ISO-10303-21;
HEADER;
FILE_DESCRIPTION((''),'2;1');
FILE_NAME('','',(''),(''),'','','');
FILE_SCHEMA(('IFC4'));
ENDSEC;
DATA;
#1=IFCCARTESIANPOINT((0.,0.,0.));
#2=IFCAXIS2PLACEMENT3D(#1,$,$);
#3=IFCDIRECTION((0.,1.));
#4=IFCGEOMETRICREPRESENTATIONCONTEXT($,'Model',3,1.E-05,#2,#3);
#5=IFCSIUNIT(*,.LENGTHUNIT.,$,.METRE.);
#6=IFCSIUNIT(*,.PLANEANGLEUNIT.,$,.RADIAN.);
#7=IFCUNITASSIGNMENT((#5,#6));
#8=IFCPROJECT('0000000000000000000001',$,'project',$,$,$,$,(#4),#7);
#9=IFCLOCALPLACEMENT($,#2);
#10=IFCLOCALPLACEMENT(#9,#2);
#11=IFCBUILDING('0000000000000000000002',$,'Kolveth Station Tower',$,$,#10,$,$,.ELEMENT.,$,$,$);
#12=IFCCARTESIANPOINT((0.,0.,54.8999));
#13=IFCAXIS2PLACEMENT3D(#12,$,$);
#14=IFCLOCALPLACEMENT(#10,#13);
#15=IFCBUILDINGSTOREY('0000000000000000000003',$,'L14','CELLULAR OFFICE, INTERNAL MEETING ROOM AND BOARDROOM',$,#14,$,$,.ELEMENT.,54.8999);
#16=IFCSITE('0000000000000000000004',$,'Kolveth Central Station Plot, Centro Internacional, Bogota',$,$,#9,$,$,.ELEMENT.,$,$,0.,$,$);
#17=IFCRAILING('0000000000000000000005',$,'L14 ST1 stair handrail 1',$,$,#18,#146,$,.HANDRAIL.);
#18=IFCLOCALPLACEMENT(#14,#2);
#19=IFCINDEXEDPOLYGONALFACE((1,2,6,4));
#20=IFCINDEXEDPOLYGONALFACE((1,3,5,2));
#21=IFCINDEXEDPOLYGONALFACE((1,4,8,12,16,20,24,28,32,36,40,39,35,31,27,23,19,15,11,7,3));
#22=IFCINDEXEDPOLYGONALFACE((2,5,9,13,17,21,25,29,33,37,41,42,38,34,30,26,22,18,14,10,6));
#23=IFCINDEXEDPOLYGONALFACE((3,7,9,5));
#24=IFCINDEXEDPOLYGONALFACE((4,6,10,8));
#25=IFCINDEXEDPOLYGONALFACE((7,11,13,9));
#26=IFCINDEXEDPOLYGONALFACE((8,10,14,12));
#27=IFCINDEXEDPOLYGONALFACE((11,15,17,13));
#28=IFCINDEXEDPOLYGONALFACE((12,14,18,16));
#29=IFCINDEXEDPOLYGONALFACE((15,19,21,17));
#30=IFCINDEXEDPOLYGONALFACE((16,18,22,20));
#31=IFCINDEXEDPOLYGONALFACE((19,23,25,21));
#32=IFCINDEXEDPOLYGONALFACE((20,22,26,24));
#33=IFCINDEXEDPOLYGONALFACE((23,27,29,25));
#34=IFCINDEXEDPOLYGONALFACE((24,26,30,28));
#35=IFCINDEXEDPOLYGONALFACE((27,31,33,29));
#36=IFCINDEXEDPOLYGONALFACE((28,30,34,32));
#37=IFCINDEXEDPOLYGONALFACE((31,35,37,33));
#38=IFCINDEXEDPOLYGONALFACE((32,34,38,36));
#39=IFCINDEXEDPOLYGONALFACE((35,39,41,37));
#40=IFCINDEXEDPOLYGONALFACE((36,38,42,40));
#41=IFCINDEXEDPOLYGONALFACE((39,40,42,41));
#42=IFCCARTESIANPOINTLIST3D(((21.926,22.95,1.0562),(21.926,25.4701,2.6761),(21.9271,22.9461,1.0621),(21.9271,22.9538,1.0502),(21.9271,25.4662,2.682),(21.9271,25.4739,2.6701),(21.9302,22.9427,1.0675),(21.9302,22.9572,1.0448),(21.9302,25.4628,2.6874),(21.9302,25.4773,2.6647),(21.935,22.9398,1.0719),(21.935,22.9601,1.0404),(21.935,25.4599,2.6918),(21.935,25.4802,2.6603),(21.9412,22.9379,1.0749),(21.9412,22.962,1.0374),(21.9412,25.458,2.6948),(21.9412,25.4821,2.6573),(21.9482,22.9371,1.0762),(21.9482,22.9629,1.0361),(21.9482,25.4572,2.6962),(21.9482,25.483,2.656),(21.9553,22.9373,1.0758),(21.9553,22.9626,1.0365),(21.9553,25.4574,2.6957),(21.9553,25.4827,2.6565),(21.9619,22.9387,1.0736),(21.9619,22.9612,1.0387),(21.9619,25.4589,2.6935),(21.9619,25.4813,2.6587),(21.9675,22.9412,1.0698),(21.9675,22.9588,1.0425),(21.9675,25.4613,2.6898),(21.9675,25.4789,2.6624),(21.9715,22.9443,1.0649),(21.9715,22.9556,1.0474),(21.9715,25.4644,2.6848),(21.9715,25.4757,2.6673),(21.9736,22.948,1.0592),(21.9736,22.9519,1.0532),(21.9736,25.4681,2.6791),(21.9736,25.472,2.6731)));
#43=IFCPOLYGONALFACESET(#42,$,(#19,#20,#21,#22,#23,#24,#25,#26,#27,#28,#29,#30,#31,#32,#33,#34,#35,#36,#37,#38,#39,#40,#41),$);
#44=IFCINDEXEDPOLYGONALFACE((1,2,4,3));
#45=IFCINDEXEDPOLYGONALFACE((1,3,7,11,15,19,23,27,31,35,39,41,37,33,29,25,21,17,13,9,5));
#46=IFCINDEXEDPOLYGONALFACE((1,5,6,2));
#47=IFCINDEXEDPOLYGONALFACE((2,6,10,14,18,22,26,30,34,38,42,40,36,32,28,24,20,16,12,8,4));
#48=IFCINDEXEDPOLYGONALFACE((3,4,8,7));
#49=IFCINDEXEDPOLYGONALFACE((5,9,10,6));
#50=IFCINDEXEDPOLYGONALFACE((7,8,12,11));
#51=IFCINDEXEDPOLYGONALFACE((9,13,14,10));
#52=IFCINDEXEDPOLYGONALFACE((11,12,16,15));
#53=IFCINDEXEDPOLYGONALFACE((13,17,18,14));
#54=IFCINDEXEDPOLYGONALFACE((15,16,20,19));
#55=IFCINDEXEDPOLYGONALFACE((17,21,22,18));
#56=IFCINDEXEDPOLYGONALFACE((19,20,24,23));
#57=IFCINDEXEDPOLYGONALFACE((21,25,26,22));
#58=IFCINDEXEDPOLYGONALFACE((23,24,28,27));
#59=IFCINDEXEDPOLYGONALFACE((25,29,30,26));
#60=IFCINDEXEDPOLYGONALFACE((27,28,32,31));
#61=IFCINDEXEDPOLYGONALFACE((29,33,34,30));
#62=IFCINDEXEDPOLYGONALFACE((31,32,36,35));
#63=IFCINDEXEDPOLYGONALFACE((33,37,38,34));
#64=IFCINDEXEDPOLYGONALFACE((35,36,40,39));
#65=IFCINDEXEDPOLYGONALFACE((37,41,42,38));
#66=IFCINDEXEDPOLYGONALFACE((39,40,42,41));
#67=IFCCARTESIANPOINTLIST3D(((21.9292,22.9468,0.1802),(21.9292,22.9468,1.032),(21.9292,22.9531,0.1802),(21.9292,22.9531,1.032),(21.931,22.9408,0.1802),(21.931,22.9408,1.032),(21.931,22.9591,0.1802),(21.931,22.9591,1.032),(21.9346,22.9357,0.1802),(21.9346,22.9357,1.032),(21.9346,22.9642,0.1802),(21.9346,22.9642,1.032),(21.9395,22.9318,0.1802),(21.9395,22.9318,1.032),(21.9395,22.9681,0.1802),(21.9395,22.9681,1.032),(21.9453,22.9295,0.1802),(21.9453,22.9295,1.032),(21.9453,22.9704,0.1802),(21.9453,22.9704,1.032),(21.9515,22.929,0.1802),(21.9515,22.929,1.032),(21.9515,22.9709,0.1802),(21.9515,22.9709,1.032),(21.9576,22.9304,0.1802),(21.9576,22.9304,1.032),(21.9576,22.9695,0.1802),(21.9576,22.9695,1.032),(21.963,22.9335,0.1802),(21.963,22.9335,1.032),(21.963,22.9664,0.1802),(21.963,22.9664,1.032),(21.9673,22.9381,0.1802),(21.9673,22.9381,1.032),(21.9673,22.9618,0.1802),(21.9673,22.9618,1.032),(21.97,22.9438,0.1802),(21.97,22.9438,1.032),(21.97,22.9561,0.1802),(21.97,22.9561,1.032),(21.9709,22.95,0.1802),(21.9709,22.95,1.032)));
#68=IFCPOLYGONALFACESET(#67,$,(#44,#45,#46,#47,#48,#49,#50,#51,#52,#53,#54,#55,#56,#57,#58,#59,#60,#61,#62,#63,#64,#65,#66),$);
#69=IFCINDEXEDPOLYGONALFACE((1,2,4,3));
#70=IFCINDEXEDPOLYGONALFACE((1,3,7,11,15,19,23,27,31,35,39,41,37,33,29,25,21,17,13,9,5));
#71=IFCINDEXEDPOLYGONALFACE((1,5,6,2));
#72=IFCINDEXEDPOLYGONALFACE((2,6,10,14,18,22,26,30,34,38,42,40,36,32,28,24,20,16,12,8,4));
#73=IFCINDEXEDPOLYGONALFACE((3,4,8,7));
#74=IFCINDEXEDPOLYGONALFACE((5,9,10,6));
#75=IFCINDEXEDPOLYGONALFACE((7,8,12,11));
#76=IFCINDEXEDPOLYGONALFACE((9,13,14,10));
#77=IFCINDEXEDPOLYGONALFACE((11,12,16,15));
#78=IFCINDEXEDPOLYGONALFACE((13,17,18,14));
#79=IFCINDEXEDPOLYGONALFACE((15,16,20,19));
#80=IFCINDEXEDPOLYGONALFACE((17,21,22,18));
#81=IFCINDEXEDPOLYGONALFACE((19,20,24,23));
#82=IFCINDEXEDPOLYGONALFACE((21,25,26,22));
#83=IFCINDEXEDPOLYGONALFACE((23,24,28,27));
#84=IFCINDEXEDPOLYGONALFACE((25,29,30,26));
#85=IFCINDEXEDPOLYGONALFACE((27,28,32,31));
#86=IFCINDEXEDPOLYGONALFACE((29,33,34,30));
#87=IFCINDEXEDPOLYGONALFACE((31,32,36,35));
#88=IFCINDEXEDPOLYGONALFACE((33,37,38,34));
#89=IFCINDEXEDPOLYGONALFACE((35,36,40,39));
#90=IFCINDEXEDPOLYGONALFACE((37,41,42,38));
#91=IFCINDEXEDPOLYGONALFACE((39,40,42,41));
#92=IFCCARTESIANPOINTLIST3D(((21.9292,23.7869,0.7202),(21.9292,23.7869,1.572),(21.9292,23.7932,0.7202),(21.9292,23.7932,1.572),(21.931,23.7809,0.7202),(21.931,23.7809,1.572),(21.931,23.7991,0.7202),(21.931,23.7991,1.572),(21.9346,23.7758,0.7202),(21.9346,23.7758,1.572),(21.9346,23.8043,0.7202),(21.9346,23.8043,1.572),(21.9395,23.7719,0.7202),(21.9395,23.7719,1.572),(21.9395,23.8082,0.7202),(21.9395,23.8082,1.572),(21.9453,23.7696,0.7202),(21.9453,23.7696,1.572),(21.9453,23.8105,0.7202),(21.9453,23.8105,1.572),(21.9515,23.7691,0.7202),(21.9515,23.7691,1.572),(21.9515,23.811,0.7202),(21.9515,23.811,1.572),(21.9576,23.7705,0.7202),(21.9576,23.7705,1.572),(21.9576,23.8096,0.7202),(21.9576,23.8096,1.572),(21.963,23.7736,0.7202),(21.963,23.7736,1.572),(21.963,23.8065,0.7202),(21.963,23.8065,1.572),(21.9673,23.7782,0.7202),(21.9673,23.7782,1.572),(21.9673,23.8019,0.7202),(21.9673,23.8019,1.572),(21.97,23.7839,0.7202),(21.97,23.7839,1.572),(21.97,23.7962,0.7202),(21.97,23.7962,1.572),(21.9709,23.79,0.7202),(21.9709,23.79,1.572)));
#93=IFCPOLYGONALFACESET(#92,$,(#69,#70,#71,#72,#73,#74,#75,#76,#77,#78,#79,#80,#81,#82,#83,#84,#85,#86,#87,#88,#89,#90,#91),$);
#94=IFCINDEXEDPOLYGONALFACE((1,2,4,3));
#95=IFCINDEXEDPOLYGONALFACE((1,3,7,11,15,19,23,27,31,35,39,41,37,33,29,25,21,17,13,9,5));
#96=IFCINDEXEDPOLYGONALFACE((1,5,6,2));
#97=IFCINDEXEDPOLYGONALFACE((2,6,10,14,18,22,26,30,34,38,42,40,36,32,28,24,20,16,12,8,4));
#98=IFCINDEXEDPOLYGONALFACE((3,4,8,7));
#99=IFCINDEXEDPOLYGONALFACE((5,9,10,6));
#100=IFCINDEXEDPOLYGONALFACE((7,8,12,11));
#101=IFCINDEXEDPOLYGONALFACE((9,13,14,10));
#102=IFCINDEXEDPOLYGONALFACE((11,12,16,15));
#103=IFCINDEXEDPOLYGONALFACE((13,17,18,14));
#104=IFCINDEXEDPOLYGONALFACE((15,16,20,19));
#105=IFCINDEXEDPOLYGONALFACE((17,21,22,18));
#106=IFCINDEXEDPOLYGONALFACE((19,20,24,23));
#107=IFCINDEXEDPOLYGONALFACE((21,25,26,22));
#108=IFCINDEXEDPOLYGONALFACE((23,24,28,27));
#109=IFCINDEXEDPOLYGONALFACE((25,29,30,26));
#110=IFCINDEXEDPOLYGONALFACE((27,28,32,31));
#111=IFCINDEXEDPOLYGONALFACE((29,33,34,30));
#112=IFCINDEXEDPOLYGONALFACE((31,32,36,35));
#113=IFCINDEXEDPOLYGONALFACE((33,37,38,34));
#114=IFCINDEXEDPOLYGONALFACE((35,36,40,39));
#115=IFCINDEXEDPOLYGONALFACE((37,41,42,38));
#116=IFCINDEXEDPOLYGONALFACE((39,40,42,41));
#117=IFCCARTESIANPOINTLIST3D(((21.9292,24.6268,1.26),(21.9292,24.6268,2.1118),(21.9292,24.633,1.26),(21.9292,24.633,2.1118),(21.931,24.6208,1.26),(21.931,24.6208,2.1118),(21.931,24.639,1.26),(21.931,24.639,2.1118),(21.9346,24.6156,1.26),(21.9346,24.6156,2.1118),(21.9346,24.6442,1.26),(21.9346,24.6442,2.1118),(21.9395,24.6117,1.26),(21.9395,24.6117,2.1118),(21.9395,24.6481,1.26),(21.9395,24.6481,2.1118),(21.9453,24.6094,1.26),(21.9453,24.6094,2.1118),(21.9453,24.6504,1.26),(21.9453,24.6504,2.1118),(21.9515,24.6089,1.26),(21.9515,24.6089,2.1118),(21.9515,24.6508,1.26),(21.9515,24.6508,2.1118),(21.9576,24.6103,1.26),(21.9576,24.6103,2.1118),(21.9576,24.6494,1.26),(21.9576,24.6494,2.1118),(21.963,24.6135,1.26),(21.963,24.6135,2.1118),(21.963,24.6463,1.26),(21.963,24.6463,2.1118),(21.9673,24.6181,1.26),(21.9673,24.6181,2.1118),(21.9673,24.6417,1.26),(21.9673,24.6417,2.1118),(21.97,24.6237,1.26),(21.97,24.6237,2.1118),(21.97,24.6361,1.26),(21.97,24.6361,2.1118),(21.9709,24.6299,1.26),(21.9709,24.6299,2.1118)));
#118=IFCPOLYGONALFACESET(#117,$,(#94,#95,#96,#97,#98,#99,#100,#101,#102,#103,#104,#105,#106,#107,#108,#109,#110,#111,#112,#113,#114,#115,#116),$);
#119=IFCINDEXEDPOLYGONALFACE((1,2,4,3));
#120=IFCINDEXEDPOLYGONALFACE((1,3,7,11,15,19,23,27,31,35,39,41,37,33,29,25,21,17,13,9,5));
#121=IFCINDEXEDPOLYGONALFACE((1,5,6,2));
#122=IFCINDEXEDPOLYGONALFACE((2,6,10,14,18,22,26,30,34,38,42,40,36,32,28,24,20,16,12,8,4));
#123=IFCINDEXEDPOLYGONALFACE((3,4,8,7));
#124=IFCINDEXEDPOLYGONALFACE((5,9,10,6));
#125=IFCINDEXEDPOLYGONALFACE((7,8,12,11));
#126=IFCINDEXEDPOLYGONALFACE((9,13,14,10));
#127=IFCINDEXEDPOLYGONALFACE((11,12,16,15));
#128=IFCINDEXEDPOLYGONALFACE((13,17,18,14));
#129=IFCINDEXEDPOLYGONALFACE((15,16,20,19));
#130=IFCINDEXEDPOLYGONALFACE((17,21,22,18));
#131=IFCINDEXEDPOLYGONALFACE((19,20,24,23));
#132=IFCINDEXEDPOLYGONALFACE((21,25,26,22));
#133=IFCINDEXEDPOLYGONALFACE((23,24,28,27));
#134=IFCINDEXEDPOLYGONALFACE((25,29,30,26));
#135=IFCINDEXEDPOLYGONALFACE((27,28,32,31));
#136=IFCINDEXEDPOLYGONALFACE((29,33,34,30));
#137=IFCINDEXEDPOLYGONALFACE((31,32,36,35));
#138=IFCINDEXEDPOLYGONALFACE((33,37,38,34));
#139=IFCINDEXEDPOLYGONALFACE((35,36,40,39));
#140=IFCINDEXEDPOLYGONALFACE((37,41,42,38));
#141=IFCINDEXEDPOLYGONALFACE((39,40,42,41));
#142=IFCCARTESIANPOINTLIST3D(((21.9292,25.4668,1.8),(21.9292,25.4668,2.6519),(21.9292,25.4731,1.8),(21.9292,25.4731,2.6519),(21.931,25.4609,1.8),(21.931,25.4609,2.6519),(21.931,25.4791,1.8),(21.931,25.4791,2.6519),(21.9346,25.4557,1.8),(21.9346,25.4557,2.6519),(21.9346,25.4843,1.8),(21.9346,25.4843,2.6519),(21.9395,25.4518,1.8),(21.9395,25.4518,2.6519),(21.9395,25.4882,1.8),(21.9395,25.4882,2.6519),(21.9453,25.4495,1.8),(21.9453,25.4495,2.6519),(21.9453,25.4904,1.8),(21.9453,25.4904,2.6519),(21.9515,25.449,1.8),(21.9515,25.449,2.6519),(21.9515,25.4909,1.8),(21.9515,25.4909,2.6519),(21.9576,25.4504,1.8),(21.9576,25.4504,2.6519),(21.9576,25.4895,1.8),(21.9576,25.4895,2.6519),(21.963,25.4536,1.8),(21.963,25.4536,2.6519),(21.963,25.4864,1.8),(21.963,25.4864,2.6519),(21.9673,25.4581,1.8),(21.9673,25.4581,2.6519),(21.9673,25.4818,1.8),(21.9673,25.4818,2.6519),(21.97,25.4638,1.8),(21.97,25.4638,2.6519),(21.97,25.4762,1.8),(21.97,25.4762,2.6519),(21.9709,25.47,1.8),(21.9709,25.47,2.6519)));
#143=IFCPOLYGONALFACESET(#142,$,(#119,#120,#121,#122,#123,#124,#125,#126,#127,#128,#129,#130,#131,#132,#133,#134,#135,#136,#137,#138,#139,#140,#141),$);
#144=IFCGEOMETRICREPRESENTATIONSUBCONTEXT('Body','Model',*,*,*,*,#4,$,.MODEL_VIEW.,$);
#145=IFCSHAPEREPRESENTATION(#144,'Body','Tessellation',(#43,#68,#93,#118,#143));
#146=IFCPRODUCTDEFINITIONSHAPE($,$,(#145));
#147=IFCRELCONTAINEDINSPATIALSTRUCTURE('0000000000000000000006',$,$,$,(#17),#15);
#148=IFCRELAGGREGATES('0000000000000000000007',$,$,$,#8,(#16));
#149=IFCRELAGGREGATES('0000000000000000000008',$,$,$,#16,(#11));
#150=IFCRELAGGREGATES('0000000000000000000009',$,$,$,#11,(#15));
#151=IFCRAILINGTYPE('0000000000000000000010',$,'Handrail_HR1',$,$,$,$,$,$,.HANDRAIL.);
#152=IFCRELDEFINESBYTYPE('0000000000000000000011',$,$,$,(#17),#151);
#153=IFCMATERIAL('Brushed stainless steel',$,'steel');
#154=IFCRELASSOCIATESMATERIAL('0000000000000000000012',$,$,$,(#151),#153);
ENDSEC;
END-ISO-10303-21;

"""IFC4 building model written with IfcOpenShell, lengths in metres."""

from ifc_helpers import new_model, si_unit, direction, frame, origin, origin_2d, place, context, subcontext, project, spatial, circle, extrude, material, type_object, element, save


model = new_model("IFC4")

# Units and contexts
model_context = context("Model", 3, precision=1e-05, world=origin(), true_north=direction((0.0, 1.0)))
body_context = subcontext(model_context, "Body", "Model", "MODEL_VIEW")
ifc_project = project(units=[si_unit("LENGTHUNIT", "METRE"), si_unit("PLANEANGLEUNIT", "RADIAN")], contexts=[model_context])

# Site, building, storey
site_placement = place(None, origin())
site = spatial("IfcSite", under=ifc_project, at=site_placement, Name="Kolveth Central Station Plot, Centro Internacional, Bogota", CompositionType="ELEMENT", RefElevation=0.0)
building_placement = place(site_placement, origin())
building = spatial("IfcBuilding", under=site, at=building_placement, Name="Kolveth Station Tower", CompositionType="ELEMENT")
storey_placement = place(building_placement, frame((0.0, 0.0, 54.8999)))
storey = spatial("IfcBuildingStorey", under=building, at=storey_placement, Name="L14", Description="CELLULAR OFFICE, INTERNAL MEETING ROOM AND BOARDROOM", CompositionType="ELEMENT", Elevation=54.8999)

# Railing
ifc_material_1 = material(Name="Brushed stainless steel", Category="steel")
railing_type_1 = type_object("IfcRailingType", Name="Handrail_HR1", PredefinedType="HANDRAIL", material=ifc_material_1)
railing_1_placement = place(storey_placement, frame((21.95, 22.95, 0.1802)))
element("IfcRailing", 1, at=railing_1_placement, inside=storey, type_object=railing_type_1, Name="L14 ST1 stair handrail 1", PredefinedType="HANDRAIL", context=body_context, shape_type="SweptSolid", body=[
    extrude(circle(Radius=0.0239, at=origin_2d()), frame((0.0, 0.0, 0.876), z_axis=(0.0, 0.8412, 0.540725), x_axis=(-1.0, 0.0, 0.0)), (0.0, 0.0, 1.0), 2.9958),
    extrude(circle(Radius=0.021, at=origin_2d()), origin(), (0.0, 0.0, 1.0), 0.8518),
    extrude(circle(Radius=0.021, at=origin_2d()), frame((0.0, 0.8401, 0.54)), (0.0, 0.0, 1.0), 0.8518),
    extrude(circle(Radius=0.021, at=origin_2d()), frame((0.0, 1.6799, 1.0798)), (0.0, 0.0, 1.0), 0.8518),
    extrude(circle(Radius=0.021, at=origin_2d()), frame((0.0, 2.52, 1.6199)), (0.0, 0.0, 1.0), 0.8518),
])

save(model, "model.ifc")
